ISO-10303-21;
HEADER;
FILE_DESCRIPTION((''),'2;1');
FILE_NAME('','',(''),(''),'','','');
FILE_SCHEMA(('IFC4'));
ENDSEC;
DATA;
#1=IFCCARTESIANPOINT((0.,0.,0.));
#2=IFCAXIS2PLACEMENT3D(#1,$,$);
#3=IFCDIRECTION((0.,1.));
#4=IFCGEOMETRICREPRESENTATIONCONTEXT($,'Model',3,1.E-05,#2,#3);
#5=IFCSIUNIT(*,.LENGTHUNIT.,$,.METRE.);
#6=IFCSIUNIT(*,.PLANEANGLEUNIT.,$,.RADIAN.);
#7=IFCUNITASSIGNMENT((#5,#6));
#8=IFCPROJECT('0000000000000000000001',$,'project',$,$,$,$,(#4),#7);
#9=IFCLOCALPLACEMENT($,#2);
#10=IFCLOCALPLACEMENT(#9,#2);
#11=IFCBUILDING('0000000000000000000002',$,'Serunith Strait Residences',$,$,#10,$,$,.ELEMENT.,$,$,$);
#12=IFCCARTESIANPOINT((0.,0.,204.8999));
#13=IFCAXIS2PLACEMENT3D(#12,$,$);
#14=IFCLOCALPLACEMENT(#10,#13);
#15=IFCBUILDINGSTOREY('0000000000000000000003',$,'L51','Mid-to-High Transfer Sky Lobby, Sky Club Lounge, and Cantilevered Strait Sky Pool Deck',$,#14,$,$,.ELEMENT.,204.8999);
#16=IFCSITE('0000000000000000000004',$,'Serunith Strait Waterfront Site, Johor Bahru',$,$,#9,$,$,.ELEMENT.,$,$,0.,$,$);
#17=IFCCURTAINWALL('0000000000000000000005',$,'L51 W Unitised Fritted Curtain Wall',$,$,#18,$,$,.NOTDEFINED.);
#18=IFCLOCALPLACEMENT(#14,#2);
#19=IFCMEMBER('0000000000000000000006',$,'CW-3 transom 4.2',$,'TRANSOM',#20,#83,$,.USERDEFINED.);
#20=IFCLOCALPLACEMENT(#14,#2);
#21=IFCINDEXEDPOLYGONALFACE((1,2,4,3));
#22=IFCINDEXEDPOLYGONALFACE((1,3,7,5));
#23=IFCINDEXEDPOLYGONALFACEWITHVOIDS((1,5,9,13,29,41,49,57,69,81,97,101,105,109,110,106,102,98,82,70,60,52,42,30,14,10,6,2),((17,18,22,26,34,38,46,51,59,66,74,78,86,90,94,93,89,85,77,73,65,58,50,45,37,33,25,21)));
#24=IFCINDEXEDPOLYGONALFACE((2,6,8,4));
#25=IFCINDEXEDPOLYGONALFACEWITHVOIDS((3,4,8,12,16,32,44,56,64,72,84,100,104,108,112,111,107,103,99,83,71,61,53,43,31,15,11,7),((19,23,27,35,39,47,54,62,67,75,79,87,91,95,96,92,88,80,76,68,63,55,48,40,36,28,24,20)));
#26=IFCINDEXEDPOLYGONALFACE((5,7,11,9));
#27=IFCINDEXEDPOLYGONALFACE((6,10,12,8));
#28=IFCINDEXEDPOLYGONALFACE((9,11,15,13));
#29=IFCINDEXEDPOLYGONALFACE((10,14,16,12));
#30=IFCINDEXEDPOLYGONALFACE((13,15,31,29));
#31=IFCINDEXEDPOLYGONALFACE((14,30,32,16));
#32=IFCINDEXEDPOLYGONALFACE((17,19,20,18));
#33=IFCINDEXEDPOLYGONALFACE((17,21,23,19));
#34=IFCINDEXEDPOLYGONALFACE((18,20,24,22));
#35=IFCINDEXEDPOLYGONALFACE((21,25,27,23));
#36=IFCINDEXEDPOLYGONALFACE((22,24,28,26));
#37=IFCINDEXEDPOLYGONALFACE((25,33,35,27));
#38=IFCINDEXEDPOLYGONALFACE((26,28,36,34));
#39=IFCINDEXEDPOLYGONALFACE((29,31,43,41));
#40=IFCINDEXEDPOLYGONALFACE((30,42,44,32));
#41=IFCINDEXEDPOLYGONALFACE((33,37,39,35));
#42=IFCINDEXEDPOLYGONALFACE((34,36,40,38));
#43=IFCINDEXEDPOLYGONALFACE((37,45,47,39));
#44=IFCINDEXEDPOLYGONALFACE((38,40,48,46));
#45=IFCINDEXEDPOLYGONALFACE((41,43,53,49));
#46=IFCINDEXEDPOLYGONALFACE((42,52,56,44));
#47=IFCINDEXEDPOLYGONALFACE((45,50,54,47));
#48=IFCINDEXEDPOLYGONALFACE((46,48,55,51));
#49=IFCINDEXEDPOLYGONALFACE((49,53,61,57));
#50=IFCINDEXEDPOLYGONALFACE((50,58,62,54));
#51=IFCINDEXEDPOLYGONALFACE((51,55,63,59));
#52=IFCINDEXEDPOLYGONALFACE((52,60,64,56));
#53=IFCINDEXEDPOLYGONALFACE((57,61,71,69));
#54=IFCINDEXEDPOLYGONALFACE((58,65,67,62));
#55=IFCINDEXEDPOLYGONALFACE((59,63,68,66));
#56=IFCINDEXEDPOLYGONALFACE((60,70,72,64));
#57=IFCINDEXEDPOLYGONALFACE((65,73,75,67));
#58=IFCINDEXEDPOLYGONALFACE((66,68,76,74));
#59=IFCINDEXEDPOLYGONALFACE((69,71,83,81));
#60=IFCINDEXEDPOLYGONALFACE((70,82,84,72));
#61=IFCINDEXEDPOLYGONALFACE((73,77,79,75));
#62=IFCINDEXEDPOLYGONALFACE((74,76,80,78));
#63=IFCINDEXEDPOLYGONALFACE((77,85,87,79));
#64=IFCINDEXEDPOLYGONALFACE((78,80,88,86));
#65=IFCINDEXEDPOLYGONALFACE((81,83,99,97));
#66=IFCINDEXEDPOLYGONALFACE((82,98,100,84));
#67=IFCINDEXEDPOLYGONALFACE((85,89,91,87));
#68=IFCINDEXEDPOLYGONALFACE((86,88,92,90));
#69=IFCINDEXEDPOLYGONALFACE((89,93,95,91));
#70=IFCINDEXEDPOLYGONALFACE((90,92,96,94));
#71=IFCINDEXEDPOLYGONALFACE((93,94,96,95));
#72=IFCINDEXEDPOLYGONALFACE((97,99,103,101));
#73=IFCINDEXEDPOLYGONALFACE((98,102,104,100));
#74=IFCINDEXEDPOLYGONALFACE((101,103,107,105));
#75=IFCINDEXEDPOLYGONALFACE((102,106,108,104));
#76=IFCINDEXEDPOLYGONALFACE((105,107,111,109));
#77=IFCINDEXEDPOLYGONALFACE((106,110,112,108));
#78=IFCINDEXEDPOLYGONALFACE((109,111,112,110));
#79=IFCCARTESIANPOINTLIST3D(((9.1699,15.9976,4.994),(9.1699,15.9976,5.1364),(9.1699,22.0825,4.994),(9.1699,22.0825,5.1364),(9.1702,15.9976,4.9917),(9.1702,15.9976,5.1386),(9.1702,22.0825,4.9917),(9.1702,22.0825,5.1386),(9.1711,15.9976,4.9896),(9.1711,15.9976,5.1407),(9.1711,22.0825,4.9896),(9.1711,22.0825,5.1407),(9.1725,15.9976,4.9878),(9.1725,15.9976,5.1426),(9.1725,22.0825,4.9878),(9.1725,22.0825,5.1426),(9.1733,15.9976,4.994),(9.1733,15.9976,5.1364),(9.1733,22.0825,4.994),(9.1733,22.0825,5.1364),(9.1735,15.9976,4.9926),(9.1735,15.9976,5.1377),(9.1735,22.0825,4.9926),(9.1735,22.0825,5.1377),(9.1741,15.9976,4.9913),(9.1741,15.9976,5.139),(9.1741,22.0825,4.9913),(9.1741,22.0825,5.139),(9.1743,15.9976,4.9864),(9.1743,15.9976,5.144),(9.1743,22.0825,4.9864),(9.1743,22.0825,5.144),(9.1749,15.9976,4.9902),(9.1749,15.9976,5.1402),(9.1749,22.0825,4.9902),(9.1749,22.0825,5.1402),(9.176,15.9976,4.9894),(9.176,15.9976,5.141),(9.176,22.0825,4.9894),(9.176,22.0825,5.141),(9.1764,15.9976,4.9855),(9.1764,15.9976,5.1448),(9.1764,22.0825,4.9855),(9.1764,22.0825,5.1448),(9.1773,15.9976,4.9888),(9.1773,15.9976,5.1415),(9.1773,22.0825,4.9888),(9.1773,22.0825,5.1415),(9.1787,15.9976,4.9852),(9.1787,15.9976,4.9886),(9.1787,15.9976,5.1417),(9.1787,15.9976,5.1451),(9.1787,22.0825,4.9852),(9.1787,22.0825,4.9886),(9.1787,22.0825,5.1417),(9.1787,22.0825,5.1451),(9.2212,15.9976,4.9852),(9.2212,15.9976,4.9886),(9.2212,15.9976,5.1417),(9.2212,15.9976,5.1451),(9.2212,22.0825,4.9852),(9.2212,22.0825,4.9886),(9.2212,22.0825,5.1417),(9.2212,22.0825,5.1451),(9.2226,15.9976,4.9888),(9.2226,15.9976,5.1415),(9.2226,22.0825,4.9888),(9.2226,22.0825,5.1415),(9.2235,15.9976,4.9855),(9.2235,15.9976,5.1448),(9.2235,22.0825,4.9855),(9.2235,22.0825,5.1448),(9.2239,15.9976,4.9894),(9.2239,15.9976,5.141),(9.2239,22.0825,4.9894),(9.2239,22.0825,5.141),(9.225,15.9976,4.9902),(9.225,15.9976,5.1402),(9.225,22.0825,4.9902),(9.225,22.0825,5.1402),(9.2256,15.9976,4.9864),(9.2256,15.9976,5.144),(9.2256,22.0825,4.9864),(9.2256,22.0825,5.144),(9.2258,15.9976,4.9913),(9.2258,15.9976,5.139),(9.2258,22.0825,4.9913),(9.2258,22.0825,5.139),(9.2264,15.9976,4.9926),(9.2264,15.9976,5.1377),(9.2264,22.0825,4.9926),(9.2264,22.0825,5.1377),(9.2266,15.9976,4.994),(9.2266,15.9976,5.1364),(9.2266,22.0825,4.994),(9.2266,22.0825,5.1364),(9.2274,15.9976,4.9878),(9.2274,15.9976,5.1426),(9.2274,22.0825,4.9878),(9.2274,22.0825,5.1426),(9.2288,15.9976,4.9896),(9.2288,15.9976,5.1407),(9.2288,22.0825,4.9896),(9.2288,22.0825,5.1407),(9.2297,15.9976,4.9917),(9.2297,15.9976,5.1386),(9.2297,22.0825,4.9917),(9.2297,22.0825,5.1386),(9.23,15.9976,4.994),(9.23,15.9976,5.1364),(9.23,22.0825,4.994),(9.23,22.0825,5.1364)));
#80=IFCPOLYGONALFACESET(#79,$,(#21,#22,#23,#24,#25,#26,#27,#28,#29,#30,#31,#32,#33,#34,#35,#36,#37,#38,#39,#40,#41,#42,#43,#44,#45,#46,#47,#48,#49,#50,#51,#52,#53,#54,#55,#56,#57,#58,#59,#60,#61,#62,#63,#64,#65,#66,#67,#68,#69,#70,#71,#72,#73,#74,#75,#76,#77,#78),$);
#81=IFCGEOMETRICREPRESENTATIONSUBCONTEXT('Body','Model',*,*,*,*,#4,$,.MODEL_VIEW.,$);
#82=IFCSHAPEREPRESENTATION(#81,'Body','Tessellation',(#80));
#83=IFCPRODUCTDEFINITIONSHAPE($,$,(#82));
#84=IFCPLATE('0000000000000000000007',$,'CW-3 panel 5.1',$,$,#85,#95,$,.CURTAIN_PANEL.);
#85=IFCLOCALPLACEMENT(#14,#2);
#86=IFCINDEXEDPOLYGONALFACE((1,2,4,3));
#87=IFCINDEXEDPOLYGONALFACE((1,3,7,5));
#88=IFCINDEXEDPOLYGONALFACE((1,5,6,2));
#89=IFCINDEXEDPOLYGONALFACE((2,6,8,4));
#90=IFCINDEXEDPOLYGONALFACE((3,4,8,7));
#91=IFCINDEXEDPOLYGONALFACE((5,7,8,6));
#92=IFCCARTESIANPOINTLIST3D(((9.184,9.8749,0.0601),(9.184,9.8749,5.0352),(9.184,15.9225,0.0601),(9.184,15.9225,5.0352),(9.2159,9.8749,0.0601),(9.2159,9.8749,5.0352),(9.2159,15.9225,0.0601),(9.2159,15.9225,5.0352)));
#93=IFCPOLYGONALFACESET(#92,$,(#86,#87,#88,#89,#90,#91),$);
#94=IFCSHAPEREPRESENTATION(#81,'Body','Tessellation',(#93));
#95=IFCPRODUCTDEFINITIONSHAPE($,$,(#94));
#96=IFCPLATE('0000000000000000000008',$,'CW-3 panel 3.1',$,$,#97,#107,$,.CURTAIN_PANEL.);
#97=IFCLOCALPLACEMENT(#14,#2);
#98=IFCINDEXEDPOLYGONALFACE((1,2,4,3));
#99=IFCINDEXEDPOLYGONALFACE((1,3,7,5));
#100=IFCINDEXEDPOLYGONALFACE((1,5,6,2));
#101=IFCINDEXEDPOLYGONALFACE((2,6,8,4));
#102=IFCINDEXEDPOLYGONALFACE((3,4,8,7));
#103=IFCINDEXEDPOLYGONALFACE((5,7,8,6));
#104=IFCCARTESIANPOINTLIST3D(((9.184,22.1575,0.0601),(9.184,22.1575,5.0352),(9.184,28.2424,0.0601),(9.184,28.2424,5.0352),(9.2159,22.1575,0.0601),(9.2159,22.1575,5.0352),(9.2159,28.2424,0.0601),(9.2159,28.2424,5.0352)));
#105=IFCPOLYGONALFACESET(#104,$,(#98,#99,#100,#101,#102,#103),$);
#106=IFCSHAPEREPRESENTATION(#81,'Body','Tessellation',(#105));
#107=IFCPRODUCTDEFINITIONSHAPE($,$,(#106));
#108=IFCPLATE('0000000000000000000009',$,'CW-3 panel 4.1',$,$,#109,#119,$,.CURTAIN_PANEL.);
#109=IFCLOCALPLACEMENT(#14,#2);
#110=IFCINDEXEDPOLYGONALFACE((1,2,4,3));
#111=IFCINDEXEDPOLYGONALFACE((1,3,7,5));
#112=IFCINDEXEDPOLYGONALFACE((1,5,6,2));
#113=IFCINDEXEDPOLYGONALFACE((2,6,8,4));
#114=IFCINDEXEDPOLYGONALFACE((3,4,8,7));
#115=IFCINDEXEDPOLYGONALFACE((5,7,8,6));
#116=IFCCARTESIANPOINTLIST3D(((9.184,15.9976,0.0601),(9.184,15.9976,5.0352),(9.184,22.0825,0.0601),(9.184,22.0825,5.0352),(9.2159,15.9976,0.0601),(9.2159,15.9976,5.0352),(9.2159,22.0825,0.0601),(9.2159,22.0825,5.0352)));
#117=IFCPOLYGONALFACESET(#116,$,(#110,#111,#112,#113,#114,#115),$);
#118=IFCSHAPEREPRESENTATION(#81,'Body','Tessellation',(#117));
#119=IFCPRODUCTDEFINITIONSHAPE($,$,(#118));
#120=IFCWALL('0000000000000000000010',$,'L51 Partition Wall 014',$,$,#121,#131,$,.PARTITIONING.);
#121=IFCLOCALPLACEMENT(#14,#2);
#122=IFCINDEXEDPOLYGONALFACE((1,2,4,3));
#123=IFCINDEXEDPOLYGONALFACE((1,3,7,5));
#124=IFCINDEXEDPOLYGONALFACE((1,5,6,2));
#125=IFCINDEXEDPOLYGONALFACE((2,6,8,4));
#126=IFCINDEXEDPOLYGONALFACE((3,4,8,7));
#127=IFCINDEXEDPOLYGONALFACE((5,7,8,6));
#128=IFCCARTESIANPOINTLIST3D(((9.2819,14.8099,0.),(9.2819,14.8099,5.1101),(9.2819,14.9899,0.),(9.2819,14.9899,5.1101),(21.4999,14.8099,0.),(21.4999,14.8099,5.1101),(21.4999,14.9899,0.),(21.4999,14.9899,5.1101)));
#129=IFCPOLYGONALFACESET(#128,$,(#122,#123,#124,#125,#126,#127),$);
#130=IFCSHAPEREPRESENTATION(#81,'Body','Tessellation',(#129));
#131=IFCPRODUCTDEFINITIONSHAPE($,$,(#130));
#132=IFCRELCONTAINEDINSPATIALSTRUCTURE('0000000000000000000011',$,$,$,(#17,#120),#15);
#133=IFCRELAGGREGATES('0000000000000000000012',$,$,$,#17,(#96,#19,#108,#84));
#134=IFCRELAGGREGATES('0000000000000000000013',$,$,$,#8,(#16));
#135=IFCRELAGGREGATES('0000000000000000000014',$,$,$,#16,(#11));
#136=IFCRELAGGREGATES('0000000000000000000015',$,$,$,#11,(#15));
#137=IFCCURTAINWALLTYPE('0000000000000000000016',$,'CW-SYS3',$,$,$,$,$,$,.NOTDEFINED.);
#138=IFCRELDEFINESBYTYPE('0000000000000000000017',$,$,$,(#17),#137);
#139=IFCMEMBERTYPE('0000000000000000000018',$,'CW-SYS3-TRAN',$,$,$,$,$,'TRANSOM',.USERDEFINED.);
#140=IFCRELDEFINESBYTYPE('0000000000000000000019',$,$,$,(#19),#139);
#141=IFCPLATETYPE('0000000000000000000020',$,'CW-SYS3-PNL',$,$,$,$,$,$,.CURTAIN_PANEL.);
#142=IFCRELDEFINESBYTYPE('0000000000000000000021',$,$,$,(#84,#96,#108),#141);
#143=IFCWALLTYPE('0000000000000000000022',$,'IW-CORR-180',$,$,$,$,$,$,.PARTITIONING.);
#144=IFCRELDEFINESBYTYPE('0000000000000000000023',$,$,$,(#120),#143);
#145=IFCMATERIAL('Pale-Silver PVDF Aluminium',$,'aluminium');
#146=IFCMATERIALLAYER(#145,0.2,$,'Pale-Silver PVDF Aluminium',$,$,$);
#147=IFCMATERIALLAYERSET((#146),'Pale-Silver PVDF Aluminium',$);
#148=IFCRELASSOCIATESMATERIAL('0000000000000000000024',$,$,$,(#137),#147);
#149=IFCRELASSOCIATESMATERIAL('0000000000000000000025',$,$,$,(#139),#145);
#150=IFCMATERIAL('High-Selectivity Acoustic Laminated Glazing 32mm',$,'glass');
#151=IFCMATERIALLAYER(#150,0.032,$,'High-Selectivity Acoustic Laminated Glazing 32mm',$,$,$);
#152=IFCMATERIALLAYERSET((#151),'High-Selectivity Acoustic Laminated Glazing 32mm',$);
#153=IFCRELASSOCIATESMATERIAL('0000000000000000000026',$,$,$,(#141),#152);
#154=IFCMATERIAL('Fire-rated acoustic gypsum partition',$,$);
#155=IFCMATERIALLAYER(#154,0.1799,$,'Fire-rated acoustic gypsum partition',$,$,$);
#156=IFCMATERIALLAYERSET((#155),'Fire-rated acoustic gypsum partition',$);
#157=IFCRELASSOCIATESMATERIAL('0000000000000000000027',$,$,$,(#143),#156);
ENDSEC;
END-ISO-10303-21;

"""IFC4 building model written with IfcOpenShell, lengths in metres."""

from ifc_helpers import new_model, si_unit, direction, frame, frame_2d, origin, origin_2d, place, context, subcontext, project, spatial, rectangle, hollow_rectangle, extrude, source, transform, mapped, material, layer, layer_set, material_profile, profile_set, type_object, element, aggregate, save


model = new_model("IFC4")

# Units and contexts
model_context = context("Model", 3, precision=1e-05, world=origin(), true_north=direction((0.0, 1.0)))
body_context = subcontext(model_context, "Body", "Model", "MODEL_VIEW")
ifc_project = project(units=[si_unit("LENGTHUNIT", "METRE"), si_unit("PLANEANGLEUNIT", "RADIAN")], contexts=[model_context])

# Site, building, storey
site_placement = place(None, origin())
site = spatial("IfcSite", under=ifc_project, at=site_placement, Name="Serunith Strait Waterfront Site, Johor Bahru", CompositionType="ELEMENT", RefElevation=0.0)
building_placement = place(site_placement, origin())
building = spatial("IfcBuilding", under=site, at=building_placement, Name="Serunith Strait Residences", CompositionType="ELEMENT")
storey_placement = place(building_placement, frame((0.0, 0.0, 204.8999)))
storey = spatial("IfcBuildingStorey", under=building, at=storey_placement, Name="L51", Description="Mid-to-High Transfer Sky Lobby, Sky Club Lounge, and Cantilevered Strait Sky Pool Deck", CompositionType="ELEMENT", Elevation=204.8999)

# Curtain wall, member, plates
ifc_material_1 = material(Name="Pale-Silver PVDF Aluminium", Category="aluminium")
ifc_layer_1 = layer(ifc_material_1, 0.2, Name="Pale-Silver PVDF Aluminium")
ifc_layer_set_1 = layer_set([ifc_layer_1], Name="Pale-Silver PVDF Aluminium")
curtain_wall_type = type_object("IfcCurtainWallType", Name="CW-SYS3", PredefinedType="NOTDEFINED", material=ifc_layer_set_1)
curtain_wall_placement = place(storey_placement, origin())
curtain_wall = element("IfcCurtainWall", 1, at=curtain_wall_placement, inside=storey, type_object=curtain_wall_type, Name="L51 W Unitised Fritted Curtain Wall", PredefinedType="NOTDEFINED")
ifc_material_profile_1 = material_profile(ifc_material_1, hollow_rectangle(XDim=0.0601, YDim=0.1599, WallThickness=0.0034, InnerFilletRadius=0.0054, OuterFilletRadius=0.0088, at=origin_2d()), Name="ALU 160x60x3.5")
ifc_profile_set_1 = profile_set([ifc_material_profile_1], Name="Pale-Silver PVDF Aluminium")
member_type_1 = type_object("IfcMemberType", Name="CW-SYS3-TRAN", ElementType="TRANSOM", PredefinedType="USERDEFINED", material=ifc_profile_set_1)
shared_shape_1 = source(origin(), body_context, "Body", "SweptSolid", [
    extrude(hollow_rectangle(XDim=0.0601, YDim=0.1599, WallThickness=0.0034, InnerFilletRadius=0.0054, OuterFilletRadius=0.0088, at=origin_2d()), origin(), (0.0, 0.0, 1.0), 6.085),
])
member_1_placement = place(storey_placement, frame((9.2, 22.0825, 5.0652), z_axis=(0.0, -1.0, 0.0), x_axis=(1.0, 0.0, 0.0)))
member_1 = element("IfcMember", 2, at=member_1_placement, type_object=member_type_1, Name="CW-3 transom 4.2", ObjectType="TRANSOM", PredefinedType="USERDEFINED", context=body_context, shape_type="MappedRepresentation", body=[
    mapped(shared_shape_1, transform((0.0, 0.0, 0.0), scale=1.0)),
])
ifc_material_2 = material(Name="High-Selectivity Acoustic Laminated Glazing 32mm", Category="glass")
ifc_layer_2 = layer(ifc_material_2, 0.032, Name="High-Selectivity Acoustic Laminated Glazing 32mm")
ifc_layer_set_2 = layer_set([ifc_layer_2], Name="High-Selectivity Acoustic Laminated Glazing 32mm")
plate_type = type_object("IfcPlateType", Name="CW-SYS3-PNL", PredefinedType="CURTAIN_PANEL", material=ifc_layer_set_2)
shared_shape_2 = source(origin(), body_context, "Body", "SweptSolid", [
    extrude(rectangle(XDim=6.0476, YDim=0.032, at=origin_2d()), origin(), (0.0, 0.0, 1.0), 4.9751),
])
plate_1_placement = place(storey_placement, frame((9.2, 12.8987, 0.0601), z_axis=(0.0, 0.0, 1.0), x_axis=(0.0, -1.0, 0.0)))
plate_1 = element("IfcPlate", 3, at=plate_1_placement, type_object=plate_type, Name="CW-3 panel 5.1", PredefinedType="CURTAIN_PANEL", context=body_context, shape_type="MappedRepresentation", body=[
    mapped(shared_shape_2, transform((0.0, 0.0, 0.0), scale=1.0)),
])
shared_shape_3 = source(origin(), body_context, "Body", "SweptSolid", [
    extrude(rectangle(XDim=6.085, YDim=0.032, at=origin_2d()), origin(), (0.0, 0.0, 1.0), 4.9751),
])
plate_2_placement = place(storey_placement, frame((9.2, 25.2, 0.0601), z_axis=(0.0, 0.0, 1.0), x_axis=(0.0, -1.0, 0.0)))
plate_2 = element("IfcPlate", 4, at=plate_2_placement, type_object=plate_type, Name="CW-3 panel 3.1", PredefinedType="CURTAIN_PANEL", context=body_context, shape_type="MappedRepresentation", body=[
    mapped(shared_shape_3, transform((0.0, 0.0, 0.0), scale=1.0)),
])
plate_3_placement = place(storey_placement, frame((9.2, 19.04, 0.0601), z_axis=(0.0, 0.0, 1.0), x_axis=(0.0, -1.0, 0.0)))
plate_3 = element("IfcPlate", 5, at=plate_3_placement, type_object=plate_type, Name="CW-3 panel 4.1", PredefinedType="CURTAIN_PANEL", context=body_context, shape_type="MappedRepresentation", body=[
    mapped(shared_shape_3, transform((0.0, 0.0, 0.0), scale=1.0)),
])
aggregate(curtain_wall, [plate_2, member_1, plate_3, plate_1])

# Wall
ifc_material_3 = material(Name="Fire-rated acoustic gypsum partition")
ifc_layer_3 = layer(ifc_material_3, 0.1799, Name="Fire-rated acoustic gypsum partition")
ifc_layer_set_3 = layer_set([ifc_layer_3], Name="Fire-rated acoustic gypsum partition")
wall_type = type_object("IfcWallType", Name="IW-CORR-180", PredefinedType="PARTITIONING", material=ifc_layer_set_3)
wall_placement = place(storey_placement, frame((9.282, 14.8999, 0.0), z_axis=(0.0, 0.0, 1.0), x_axis=(1.0, 0.0, 0.0)))
element("IfcWall", 6, at=wall_placement, inside=storey, type_object=wall_type, Name="L51 Partition Wall 014", PredefinedType="PARTITIONING", context=body_context, shape_type="SweptSolid", body=[
    extrude(rectangle(XDim=12.218, YDim=0.1799, at=frame_2d((6.1089, 0.0))), origin(), (0.0, 0.0, 1.0), 5.1101),
])

save(model, "model.ifc")
